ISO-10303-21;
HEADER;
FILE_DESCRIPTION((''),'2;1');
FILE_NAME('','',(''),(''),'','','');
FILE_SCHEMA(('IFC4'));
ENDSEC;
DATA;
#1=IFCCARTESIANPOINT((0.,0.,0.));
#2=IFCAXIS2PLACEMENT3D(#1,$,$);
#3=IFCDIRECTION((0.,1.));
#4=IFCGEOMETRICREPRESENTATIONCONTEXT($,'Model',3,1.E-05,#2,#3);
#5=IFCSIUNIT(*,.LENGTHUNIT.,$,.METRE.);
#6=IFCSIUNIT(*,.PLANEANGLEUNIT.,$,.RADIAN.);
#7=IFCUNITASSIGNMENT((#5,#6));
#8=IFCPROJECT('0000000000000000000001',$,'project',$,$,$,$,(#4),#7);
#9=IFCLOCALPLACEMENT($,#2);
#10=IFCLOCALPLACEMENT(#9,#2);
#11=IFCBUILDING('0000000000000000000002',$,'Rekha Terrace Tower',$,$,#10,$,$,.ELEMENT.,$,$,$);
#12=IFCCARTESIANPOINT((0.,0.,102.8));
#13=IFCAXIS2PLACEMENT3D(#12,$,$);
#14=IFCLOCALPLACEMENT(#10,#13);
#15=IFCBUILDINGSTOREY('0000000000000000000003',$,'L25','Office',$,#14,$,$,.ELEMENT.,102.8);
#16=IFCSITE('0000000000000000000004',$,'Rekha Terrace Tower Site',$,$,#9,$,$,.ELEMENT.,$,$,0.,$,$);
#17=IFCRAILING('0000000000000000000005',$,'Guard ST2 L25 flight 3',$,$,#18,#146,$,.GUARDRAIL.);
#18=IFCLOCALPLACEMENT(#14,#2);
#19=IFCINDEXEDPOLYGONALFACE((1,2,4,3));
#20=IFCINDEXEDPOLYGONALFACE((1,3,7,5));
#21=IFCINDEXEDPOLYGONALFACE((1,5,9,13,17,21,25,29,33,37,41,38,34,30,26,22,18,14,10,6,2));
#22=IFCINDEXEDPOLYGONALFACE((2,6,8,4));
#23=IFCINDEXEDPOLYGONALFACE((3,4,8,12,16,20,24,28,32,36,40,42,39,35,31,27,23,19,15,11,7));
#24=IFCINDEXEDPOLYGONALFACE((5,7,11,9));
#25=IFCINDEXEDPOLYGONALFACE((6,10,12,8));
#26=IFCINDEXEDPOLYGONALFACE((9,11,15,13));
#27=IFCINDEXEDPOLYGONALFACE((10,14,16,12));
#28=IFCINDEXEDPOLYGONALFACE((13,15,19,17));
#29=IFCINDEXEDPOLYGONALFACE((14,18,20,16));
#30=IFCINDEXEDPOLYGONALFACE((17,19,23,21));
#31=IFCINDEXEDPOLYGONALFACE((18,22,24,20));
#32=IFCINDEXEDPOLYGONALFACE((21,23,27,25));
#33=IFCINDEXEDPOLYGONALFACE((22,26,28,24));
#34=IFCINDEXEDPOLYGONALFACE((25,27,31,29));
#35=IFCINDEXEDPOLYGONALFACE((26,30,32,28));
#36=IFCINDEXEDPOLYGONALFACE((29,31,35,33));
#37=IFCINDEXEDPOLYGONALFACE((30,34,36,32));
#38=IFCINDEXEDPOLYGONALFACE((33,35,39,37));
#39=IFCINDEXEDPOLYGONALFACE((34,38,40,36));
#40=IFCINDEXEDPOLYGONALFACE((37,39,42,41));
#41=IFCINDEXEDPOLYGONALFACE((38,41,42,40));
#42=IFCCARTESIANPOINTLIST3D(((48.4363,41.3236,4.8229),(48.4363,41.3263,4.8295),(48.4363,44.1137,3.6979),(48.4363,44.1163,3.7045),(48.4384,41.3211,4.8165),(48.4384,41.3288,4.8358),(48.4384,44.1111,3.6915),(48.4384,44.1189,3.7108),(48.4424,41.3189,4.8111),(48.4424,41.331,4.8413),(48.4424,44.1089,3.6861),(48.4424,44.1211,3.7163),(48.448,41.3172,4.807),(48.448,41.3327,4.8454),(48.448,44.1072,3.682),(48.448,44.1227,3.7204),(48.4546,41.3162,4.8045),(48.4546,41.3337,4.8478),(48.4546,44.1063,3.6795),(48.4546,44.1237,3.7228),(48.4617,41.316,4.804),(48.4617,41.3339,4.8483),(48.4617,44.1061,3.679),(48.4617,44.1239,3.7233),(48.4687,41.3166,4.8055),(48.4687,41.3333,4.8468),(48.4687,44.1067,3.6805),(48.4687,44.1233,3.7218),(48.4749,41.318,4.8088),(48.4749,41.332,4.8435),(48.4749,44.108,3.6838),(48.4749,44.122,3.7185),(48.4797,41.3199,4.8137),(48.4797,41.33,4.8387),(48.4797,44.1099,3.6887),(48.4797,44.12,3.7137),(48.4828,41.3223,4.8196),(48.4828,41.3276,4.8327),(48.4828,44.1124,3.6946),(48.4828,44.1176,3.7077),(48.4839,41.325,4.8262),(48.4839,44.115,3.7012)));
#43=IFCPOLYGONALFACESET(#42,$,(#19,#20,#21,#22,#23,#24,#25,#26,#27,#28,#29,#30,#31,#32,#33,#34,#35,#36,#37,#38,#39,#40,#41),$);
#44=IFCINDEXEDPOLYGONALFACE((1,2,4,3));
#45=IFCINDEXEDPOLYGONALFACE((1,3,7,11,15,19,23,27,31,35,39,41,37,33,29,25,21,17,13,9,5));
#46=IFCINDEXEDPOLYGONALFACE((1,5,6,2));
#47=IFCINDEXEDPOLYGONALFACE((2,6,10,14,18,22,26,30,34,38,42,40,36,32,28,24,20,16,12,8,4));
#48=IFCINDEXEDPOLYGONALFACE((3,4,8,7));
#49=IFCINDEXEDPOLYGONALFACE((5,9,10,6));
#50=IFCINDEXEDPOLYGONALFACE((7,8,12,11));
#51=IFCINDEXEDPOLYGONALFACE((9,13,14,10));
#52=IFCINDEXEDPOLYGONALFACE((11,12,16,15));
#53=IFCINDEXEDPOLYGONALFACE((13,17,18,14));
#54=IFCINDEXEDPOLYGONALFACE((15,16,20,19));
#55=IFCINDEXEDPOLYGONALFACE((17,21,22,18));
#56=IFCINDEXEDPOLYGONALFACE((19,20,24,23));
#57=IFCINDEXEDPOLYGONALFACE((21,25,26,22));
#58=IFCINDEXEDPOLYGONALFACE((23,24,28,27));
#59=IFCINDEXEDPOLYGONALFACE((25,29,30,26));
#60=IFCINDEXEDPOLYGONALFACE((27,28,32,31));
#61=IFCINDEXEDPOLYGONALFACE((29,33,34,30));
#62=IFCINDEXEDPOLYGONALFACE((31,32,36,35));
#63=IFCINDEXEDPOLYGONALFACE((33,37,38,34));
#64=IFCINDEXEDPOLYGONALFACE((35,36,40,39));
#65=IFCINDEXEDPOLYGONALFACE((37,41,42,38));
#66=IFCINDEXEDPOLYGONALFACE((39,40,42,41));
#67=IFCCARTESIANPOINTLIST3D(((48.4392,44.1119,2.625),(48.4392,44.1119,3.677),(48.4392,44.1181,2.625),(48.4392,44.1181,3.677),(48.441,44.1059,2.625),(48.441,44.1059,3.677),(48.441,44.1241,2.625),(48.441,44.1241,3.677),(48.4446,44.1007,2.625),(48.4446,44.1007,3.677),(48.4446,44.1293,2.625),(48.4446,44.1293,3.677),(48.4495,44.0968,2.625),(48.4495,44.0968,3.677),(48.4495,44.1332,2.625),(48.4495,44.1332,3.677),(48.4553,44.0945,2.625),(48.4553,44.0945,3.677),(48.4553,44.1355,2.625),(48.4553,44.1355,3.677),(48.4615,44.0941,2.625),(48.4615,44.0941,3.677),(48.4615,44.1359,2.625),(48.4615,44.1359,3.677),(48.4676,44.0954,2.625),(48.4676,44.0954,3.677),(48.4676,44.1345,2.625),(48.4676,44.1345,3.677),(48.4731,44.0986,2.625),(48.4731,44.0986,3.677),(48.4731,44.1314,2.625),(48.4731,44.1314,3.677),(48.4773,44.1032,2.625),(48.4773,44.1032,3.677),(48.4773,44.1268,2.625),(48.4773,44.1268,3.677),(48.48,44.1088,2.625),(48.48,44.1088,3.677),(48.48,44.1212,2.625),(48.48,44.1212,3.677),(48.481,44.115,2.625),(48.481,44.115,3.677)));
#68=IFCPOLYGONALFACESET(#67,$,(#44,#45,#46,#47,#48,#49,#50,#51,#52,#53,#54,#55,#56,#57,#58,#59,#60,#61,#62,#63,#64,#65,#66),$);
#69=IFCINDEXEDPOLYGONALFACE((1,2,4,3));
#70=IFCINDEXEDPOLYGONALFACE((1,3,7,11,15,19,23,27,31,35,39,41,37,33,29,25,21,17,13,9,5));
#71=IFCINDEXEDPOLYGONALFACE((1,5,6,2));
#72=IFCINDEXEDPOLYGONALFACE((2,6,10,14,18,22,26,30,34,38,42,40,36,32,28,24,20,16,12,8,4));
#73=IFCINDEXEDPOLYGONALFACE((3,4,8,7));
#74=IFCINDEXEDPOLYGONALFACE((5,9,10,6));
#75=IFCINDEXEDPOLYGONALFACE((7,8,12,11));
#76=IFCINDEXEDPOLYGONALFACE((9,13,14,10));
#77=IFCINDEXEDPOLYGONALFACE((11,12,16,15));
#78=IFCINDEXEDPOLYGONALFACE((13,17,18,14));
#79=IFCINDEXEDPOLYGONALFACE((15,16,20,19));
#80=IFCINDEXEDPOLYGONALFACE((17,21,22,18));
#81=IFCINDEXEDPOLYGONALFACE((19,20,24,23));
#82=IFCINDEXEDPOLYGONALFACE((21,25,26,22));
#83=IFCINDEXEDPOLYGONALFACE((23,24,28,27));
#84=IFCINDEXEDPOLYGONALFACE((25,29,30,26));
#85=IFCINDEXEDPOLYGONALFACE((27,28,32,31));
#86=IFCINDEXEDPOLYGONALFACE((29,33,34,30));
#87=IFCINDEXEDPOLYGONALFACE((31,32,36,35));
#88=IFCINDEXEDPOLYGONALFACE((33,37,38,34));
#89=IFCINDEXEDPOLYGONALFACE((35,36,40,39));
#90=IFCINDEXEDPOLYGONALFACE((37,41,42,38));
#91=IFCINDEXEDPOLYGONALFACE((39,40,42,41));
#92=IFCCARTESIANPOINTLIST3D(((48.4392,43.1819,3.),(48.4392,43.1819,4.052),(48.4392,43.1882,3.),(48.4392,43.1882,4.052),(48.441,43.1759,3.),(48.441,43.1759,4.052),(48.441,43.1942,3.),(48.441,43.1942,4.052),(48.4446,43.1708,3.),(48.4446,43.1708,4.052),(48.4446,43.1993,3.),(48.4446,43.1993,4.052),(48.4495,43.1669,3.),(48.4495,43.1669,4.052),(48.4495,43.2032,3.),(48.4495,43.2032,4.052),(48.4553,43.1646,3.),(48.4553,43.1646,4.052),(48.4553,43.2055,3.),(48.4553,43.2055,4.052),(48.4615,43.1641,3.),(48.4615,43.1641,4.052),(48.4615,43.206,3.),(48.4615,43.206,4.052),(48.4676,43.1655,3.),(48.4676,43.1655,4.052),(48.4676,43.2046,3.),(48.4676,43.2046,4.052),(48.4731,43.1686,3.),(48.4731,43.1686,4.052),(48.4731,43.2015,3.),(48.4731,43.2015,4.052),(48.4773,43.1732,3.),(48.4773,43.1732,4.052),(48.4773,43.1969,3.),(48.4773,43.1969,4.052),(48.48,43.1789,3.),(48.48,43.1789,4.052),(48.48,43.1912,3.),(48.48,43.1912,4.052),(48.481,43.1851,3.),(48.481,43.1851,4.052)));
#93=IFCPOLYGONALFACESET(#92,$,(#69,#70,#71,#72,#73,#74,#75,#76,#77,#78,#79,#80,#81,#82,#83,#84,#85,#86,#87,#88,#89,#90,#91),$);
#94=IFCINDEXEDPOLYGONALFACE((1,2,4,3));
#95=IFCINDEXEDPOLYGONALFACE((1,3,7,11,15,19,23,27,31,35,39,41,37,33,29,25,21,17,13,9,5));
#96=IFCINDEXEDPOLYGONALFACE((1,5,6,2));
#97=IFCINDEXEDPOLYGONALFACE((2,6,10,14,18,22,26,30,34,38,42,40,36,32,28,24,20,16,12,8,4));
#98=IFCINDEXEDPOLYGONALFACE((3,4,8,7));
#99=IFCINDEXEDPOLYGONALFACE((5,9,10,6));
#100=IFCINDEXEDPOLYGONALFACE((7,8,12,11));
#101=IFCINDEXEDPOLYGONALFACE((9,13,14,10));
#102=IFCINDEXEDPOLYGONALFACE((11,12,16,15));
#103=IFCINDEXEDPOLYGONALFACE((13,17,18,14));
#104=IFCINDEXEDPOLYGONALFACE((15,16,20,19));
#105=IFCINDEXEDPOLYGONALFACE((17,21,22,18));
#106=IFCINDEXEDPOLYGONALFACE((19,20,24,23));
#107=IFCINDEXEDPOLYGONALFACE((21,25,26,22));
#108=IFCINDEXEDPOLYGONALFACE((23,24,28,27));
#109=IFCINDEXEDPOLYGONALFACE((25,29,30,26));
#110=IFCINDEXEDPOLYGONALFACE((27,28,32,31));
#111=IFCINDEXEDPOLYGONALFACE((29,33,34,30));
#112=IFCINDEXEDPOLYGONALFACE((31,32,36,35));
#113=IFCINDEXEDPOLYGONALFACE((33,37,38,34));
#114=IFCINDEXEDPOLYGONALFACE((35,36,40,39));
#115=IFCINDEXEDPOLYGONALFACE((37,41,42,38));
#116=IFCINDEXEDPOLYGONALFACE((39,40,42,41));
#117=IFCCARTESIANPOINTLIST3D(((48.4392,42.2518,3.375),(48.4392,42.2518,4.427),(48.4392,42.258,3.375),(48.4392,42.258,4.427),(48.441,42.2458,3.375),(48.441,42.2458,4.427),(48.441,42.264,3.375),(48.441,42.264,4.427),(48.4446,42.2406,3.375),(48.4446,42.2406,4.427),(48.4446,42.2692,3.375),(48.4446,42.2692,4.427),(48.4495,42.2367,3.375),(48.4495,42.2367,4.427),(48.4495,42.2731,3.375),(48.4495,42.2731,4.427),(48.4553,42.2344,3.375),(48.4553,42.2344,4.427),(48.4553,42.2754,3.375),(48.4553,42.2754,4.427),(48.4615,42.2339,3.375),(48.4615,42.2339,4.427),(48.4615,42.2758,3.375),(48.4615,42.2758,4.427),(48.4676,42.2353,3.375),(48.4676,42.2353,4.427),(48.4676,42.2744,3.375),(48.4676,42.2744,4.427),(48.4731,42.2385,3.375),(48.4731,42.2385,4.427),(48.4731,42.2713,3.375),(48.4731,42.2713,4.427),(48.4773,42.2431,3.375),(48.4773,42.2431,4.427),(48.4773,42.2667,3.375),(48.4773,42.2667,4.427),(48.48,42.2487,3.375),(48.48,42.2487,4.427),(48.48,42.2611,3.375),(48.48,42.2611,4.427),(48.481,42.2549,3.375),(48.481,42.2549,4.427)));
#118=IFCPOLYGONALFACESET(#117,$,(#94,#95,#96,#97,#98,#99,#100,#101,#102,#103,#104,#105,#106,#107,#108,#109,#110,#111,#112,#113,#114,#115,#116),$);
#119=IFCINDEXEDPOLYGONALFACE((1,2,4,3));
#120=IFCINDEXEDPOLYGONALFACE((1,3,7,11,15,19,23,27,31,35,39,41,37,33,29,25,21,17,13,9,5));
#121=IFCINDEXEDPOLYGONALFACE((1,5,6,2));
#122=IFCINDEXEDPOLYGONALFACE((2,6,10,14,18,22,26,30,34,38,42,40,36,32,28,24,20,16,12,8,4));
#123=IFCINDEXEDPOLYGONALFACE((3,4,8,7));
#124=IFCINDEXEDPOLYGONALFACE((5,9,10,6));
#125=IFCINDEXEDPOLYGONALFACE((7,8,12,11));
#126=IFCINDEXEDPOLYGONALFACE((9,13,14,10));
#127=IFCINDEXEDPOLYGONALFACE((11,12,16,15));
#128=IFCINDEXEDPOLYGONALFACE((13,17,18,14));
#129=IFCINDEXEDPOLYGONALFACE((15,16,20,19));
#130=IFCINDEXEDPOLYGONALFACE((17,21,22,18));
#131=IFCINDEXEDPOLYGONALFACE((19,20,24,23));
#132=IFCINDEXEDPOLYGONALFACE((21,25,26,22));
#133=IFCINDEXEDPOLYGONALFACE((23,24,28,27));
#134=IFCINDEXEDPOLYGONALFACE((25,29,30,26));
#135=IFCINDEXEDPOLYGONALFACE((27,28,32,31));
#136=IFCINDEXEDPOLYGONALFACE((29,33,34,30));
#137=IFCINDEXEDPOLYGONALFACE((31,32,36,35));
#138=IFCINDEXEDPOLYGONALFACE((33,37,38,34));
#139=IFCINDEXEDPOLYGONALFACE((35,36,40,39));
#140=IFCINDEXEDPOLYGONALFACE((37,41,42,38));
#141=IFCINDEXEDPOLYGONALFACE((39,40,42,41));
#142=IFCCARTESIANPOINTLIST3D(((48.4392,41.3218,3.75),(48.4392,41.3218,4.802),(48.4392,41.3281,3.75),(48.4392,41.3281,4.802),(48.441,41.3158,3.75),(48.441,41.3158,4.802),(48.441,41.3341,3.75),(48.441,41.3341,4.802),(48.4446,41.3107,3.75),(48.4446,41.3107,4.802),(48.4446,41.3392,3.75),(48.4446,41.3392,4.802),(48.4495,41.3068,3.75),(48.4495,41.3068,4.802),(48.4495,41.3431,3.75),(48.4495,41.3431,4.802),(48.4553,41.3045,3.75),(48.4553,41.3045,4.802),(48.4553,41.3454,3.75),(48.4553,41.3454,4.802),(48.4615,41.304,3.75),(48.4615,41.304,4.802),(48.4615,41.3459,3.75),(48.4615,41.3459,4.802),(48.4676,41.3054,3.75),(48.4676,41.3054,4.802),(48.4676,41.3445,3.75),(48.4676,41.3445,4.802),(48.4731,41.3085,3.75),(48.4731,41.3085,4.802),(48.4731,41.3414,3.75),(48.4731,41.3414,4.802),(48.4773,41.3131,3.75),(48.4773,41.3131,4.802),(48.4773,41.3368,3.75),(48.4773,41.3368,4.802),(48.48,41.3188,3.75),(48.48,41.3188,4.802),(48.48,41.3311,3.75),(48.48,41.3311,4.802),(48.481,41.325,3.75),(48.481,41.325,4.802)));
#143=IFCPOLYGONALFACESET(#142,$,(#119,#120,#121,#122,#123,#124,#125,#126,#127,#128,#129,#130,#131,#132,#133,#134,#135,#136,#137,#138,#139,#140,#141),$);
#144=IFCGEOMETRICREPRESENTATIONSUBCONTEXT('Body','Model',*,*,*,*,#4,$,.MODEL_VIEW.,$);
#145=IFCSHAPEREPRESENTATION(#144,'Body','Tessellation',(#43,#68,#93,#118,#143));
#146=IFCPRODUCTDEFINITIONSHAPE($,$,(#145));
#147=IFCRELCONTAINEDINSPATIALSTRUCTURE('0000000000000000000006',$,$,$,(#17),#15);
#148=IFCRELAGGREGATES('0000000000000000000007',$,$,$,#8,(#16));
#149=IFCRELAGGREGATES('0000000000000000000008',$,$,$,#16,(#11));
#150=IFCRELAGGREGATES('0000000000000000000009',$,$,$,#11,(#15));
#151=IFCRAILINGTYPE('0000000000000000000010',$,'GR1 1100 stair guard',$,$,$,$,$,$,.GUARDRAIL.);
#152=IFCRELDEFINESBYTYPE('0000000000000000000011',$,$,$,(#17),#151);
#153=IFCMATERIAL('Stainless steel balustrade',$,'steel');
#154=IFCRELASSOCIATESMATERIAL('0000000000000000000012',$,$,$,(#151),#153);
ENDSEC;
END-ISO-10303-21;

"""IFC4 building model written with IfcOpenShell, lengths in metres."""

from ifc_helpers import new_model, si_unit, direction, frame, origin, origin_2d, place, context, subcontext, project, spatial, circle, extrude, material, type_object, element, save


model = new_model("IFC4")

# Units and contexts
model_context = context("Model", 3, precision=1e-05, world=origin(), true_north=direction((0.0, 1.0)))
body_context = subcontext(model_context, "Body", "Model", "MODEL_VIEW")
ifc_project = project(units=[si_unit("LENGTHUNIT", "METRE"), si_unit("PLANEANGLEUNIT", "RADIAN")], contexts=[model_context])

# Site, building, storey
site_placement = place(None, origin())
site = spatial("IfcSite", under=ifc_project, at=site_placement, Name="Rekha Terrace Tower Site", CompositionType="ELEMENT", RefElevation=0.0)
building_placement = place(site_placement, origin())
building = spatial("IfcBuilding", under=site, at=building_placement, Name="Rekha Terrace Tower", CompositionType="ELEMENT")
storey_placement = place(building_placement, frame((0.0, 0.0, 102.8)))
storey = spatial("IfcBuildingStorey", under=building, at=storey_placement, Name="L25", Description="Office", CompositionType="ELEMENT", Elevation=102.8)

# Railing
ifc_material_1 = material(Name="Stainless steel balustrade", Category="steel")
railing_type_1 = type_object("IfcRailingType", Name="GR1 1100 stair guard", PredefinedType="GUARDRAIL", material=ifc_material_1)
railing_1_placement = place(storey_placement, frame((48.46, 44.115, 2.625)))
element("IfcRailing", 1, at=railing_1_placement, inside=storey, type_object=railing_type_1, Name="Guard ST2 L25 flight 3", PredefinedType="GUARDRAIL", context=body_context, shape_type="SweptSolid", body=[
    extrude(circle(Radius=0.0239, at=origin_2d()), frame((0.0, 0.0, 1.0762), z_axis=(0.0, -0.927443, 0.373964), x_axis=(1.0, 0.0, 0.0)), (0.0, 0.0, 1.0), 3.0083),
    extrude(circle(Radius=0.021, at=origin_2d()), origin(), (0.0, 0.0, 1.0), 1.052),
    extrude(circle(Radius=0.021, at=origin_2d()), frame((0.0, -0.9299, 0.375)), (0.0, 0.0, 1.0), 1.052),
    extrude(circle(Radius=0.021, at=origin_2d()), frame((0.0, -1.8601, 0.75)), (0.0, 0.0, 1.0), 1.052),
    extrude(circle(Radius=0.021, at=origin_2d()), frame((0.0, -2.79, 1.125)), (0.0, 0.0, 1.0), 1.052),
])

save(model, "model.ifc")
